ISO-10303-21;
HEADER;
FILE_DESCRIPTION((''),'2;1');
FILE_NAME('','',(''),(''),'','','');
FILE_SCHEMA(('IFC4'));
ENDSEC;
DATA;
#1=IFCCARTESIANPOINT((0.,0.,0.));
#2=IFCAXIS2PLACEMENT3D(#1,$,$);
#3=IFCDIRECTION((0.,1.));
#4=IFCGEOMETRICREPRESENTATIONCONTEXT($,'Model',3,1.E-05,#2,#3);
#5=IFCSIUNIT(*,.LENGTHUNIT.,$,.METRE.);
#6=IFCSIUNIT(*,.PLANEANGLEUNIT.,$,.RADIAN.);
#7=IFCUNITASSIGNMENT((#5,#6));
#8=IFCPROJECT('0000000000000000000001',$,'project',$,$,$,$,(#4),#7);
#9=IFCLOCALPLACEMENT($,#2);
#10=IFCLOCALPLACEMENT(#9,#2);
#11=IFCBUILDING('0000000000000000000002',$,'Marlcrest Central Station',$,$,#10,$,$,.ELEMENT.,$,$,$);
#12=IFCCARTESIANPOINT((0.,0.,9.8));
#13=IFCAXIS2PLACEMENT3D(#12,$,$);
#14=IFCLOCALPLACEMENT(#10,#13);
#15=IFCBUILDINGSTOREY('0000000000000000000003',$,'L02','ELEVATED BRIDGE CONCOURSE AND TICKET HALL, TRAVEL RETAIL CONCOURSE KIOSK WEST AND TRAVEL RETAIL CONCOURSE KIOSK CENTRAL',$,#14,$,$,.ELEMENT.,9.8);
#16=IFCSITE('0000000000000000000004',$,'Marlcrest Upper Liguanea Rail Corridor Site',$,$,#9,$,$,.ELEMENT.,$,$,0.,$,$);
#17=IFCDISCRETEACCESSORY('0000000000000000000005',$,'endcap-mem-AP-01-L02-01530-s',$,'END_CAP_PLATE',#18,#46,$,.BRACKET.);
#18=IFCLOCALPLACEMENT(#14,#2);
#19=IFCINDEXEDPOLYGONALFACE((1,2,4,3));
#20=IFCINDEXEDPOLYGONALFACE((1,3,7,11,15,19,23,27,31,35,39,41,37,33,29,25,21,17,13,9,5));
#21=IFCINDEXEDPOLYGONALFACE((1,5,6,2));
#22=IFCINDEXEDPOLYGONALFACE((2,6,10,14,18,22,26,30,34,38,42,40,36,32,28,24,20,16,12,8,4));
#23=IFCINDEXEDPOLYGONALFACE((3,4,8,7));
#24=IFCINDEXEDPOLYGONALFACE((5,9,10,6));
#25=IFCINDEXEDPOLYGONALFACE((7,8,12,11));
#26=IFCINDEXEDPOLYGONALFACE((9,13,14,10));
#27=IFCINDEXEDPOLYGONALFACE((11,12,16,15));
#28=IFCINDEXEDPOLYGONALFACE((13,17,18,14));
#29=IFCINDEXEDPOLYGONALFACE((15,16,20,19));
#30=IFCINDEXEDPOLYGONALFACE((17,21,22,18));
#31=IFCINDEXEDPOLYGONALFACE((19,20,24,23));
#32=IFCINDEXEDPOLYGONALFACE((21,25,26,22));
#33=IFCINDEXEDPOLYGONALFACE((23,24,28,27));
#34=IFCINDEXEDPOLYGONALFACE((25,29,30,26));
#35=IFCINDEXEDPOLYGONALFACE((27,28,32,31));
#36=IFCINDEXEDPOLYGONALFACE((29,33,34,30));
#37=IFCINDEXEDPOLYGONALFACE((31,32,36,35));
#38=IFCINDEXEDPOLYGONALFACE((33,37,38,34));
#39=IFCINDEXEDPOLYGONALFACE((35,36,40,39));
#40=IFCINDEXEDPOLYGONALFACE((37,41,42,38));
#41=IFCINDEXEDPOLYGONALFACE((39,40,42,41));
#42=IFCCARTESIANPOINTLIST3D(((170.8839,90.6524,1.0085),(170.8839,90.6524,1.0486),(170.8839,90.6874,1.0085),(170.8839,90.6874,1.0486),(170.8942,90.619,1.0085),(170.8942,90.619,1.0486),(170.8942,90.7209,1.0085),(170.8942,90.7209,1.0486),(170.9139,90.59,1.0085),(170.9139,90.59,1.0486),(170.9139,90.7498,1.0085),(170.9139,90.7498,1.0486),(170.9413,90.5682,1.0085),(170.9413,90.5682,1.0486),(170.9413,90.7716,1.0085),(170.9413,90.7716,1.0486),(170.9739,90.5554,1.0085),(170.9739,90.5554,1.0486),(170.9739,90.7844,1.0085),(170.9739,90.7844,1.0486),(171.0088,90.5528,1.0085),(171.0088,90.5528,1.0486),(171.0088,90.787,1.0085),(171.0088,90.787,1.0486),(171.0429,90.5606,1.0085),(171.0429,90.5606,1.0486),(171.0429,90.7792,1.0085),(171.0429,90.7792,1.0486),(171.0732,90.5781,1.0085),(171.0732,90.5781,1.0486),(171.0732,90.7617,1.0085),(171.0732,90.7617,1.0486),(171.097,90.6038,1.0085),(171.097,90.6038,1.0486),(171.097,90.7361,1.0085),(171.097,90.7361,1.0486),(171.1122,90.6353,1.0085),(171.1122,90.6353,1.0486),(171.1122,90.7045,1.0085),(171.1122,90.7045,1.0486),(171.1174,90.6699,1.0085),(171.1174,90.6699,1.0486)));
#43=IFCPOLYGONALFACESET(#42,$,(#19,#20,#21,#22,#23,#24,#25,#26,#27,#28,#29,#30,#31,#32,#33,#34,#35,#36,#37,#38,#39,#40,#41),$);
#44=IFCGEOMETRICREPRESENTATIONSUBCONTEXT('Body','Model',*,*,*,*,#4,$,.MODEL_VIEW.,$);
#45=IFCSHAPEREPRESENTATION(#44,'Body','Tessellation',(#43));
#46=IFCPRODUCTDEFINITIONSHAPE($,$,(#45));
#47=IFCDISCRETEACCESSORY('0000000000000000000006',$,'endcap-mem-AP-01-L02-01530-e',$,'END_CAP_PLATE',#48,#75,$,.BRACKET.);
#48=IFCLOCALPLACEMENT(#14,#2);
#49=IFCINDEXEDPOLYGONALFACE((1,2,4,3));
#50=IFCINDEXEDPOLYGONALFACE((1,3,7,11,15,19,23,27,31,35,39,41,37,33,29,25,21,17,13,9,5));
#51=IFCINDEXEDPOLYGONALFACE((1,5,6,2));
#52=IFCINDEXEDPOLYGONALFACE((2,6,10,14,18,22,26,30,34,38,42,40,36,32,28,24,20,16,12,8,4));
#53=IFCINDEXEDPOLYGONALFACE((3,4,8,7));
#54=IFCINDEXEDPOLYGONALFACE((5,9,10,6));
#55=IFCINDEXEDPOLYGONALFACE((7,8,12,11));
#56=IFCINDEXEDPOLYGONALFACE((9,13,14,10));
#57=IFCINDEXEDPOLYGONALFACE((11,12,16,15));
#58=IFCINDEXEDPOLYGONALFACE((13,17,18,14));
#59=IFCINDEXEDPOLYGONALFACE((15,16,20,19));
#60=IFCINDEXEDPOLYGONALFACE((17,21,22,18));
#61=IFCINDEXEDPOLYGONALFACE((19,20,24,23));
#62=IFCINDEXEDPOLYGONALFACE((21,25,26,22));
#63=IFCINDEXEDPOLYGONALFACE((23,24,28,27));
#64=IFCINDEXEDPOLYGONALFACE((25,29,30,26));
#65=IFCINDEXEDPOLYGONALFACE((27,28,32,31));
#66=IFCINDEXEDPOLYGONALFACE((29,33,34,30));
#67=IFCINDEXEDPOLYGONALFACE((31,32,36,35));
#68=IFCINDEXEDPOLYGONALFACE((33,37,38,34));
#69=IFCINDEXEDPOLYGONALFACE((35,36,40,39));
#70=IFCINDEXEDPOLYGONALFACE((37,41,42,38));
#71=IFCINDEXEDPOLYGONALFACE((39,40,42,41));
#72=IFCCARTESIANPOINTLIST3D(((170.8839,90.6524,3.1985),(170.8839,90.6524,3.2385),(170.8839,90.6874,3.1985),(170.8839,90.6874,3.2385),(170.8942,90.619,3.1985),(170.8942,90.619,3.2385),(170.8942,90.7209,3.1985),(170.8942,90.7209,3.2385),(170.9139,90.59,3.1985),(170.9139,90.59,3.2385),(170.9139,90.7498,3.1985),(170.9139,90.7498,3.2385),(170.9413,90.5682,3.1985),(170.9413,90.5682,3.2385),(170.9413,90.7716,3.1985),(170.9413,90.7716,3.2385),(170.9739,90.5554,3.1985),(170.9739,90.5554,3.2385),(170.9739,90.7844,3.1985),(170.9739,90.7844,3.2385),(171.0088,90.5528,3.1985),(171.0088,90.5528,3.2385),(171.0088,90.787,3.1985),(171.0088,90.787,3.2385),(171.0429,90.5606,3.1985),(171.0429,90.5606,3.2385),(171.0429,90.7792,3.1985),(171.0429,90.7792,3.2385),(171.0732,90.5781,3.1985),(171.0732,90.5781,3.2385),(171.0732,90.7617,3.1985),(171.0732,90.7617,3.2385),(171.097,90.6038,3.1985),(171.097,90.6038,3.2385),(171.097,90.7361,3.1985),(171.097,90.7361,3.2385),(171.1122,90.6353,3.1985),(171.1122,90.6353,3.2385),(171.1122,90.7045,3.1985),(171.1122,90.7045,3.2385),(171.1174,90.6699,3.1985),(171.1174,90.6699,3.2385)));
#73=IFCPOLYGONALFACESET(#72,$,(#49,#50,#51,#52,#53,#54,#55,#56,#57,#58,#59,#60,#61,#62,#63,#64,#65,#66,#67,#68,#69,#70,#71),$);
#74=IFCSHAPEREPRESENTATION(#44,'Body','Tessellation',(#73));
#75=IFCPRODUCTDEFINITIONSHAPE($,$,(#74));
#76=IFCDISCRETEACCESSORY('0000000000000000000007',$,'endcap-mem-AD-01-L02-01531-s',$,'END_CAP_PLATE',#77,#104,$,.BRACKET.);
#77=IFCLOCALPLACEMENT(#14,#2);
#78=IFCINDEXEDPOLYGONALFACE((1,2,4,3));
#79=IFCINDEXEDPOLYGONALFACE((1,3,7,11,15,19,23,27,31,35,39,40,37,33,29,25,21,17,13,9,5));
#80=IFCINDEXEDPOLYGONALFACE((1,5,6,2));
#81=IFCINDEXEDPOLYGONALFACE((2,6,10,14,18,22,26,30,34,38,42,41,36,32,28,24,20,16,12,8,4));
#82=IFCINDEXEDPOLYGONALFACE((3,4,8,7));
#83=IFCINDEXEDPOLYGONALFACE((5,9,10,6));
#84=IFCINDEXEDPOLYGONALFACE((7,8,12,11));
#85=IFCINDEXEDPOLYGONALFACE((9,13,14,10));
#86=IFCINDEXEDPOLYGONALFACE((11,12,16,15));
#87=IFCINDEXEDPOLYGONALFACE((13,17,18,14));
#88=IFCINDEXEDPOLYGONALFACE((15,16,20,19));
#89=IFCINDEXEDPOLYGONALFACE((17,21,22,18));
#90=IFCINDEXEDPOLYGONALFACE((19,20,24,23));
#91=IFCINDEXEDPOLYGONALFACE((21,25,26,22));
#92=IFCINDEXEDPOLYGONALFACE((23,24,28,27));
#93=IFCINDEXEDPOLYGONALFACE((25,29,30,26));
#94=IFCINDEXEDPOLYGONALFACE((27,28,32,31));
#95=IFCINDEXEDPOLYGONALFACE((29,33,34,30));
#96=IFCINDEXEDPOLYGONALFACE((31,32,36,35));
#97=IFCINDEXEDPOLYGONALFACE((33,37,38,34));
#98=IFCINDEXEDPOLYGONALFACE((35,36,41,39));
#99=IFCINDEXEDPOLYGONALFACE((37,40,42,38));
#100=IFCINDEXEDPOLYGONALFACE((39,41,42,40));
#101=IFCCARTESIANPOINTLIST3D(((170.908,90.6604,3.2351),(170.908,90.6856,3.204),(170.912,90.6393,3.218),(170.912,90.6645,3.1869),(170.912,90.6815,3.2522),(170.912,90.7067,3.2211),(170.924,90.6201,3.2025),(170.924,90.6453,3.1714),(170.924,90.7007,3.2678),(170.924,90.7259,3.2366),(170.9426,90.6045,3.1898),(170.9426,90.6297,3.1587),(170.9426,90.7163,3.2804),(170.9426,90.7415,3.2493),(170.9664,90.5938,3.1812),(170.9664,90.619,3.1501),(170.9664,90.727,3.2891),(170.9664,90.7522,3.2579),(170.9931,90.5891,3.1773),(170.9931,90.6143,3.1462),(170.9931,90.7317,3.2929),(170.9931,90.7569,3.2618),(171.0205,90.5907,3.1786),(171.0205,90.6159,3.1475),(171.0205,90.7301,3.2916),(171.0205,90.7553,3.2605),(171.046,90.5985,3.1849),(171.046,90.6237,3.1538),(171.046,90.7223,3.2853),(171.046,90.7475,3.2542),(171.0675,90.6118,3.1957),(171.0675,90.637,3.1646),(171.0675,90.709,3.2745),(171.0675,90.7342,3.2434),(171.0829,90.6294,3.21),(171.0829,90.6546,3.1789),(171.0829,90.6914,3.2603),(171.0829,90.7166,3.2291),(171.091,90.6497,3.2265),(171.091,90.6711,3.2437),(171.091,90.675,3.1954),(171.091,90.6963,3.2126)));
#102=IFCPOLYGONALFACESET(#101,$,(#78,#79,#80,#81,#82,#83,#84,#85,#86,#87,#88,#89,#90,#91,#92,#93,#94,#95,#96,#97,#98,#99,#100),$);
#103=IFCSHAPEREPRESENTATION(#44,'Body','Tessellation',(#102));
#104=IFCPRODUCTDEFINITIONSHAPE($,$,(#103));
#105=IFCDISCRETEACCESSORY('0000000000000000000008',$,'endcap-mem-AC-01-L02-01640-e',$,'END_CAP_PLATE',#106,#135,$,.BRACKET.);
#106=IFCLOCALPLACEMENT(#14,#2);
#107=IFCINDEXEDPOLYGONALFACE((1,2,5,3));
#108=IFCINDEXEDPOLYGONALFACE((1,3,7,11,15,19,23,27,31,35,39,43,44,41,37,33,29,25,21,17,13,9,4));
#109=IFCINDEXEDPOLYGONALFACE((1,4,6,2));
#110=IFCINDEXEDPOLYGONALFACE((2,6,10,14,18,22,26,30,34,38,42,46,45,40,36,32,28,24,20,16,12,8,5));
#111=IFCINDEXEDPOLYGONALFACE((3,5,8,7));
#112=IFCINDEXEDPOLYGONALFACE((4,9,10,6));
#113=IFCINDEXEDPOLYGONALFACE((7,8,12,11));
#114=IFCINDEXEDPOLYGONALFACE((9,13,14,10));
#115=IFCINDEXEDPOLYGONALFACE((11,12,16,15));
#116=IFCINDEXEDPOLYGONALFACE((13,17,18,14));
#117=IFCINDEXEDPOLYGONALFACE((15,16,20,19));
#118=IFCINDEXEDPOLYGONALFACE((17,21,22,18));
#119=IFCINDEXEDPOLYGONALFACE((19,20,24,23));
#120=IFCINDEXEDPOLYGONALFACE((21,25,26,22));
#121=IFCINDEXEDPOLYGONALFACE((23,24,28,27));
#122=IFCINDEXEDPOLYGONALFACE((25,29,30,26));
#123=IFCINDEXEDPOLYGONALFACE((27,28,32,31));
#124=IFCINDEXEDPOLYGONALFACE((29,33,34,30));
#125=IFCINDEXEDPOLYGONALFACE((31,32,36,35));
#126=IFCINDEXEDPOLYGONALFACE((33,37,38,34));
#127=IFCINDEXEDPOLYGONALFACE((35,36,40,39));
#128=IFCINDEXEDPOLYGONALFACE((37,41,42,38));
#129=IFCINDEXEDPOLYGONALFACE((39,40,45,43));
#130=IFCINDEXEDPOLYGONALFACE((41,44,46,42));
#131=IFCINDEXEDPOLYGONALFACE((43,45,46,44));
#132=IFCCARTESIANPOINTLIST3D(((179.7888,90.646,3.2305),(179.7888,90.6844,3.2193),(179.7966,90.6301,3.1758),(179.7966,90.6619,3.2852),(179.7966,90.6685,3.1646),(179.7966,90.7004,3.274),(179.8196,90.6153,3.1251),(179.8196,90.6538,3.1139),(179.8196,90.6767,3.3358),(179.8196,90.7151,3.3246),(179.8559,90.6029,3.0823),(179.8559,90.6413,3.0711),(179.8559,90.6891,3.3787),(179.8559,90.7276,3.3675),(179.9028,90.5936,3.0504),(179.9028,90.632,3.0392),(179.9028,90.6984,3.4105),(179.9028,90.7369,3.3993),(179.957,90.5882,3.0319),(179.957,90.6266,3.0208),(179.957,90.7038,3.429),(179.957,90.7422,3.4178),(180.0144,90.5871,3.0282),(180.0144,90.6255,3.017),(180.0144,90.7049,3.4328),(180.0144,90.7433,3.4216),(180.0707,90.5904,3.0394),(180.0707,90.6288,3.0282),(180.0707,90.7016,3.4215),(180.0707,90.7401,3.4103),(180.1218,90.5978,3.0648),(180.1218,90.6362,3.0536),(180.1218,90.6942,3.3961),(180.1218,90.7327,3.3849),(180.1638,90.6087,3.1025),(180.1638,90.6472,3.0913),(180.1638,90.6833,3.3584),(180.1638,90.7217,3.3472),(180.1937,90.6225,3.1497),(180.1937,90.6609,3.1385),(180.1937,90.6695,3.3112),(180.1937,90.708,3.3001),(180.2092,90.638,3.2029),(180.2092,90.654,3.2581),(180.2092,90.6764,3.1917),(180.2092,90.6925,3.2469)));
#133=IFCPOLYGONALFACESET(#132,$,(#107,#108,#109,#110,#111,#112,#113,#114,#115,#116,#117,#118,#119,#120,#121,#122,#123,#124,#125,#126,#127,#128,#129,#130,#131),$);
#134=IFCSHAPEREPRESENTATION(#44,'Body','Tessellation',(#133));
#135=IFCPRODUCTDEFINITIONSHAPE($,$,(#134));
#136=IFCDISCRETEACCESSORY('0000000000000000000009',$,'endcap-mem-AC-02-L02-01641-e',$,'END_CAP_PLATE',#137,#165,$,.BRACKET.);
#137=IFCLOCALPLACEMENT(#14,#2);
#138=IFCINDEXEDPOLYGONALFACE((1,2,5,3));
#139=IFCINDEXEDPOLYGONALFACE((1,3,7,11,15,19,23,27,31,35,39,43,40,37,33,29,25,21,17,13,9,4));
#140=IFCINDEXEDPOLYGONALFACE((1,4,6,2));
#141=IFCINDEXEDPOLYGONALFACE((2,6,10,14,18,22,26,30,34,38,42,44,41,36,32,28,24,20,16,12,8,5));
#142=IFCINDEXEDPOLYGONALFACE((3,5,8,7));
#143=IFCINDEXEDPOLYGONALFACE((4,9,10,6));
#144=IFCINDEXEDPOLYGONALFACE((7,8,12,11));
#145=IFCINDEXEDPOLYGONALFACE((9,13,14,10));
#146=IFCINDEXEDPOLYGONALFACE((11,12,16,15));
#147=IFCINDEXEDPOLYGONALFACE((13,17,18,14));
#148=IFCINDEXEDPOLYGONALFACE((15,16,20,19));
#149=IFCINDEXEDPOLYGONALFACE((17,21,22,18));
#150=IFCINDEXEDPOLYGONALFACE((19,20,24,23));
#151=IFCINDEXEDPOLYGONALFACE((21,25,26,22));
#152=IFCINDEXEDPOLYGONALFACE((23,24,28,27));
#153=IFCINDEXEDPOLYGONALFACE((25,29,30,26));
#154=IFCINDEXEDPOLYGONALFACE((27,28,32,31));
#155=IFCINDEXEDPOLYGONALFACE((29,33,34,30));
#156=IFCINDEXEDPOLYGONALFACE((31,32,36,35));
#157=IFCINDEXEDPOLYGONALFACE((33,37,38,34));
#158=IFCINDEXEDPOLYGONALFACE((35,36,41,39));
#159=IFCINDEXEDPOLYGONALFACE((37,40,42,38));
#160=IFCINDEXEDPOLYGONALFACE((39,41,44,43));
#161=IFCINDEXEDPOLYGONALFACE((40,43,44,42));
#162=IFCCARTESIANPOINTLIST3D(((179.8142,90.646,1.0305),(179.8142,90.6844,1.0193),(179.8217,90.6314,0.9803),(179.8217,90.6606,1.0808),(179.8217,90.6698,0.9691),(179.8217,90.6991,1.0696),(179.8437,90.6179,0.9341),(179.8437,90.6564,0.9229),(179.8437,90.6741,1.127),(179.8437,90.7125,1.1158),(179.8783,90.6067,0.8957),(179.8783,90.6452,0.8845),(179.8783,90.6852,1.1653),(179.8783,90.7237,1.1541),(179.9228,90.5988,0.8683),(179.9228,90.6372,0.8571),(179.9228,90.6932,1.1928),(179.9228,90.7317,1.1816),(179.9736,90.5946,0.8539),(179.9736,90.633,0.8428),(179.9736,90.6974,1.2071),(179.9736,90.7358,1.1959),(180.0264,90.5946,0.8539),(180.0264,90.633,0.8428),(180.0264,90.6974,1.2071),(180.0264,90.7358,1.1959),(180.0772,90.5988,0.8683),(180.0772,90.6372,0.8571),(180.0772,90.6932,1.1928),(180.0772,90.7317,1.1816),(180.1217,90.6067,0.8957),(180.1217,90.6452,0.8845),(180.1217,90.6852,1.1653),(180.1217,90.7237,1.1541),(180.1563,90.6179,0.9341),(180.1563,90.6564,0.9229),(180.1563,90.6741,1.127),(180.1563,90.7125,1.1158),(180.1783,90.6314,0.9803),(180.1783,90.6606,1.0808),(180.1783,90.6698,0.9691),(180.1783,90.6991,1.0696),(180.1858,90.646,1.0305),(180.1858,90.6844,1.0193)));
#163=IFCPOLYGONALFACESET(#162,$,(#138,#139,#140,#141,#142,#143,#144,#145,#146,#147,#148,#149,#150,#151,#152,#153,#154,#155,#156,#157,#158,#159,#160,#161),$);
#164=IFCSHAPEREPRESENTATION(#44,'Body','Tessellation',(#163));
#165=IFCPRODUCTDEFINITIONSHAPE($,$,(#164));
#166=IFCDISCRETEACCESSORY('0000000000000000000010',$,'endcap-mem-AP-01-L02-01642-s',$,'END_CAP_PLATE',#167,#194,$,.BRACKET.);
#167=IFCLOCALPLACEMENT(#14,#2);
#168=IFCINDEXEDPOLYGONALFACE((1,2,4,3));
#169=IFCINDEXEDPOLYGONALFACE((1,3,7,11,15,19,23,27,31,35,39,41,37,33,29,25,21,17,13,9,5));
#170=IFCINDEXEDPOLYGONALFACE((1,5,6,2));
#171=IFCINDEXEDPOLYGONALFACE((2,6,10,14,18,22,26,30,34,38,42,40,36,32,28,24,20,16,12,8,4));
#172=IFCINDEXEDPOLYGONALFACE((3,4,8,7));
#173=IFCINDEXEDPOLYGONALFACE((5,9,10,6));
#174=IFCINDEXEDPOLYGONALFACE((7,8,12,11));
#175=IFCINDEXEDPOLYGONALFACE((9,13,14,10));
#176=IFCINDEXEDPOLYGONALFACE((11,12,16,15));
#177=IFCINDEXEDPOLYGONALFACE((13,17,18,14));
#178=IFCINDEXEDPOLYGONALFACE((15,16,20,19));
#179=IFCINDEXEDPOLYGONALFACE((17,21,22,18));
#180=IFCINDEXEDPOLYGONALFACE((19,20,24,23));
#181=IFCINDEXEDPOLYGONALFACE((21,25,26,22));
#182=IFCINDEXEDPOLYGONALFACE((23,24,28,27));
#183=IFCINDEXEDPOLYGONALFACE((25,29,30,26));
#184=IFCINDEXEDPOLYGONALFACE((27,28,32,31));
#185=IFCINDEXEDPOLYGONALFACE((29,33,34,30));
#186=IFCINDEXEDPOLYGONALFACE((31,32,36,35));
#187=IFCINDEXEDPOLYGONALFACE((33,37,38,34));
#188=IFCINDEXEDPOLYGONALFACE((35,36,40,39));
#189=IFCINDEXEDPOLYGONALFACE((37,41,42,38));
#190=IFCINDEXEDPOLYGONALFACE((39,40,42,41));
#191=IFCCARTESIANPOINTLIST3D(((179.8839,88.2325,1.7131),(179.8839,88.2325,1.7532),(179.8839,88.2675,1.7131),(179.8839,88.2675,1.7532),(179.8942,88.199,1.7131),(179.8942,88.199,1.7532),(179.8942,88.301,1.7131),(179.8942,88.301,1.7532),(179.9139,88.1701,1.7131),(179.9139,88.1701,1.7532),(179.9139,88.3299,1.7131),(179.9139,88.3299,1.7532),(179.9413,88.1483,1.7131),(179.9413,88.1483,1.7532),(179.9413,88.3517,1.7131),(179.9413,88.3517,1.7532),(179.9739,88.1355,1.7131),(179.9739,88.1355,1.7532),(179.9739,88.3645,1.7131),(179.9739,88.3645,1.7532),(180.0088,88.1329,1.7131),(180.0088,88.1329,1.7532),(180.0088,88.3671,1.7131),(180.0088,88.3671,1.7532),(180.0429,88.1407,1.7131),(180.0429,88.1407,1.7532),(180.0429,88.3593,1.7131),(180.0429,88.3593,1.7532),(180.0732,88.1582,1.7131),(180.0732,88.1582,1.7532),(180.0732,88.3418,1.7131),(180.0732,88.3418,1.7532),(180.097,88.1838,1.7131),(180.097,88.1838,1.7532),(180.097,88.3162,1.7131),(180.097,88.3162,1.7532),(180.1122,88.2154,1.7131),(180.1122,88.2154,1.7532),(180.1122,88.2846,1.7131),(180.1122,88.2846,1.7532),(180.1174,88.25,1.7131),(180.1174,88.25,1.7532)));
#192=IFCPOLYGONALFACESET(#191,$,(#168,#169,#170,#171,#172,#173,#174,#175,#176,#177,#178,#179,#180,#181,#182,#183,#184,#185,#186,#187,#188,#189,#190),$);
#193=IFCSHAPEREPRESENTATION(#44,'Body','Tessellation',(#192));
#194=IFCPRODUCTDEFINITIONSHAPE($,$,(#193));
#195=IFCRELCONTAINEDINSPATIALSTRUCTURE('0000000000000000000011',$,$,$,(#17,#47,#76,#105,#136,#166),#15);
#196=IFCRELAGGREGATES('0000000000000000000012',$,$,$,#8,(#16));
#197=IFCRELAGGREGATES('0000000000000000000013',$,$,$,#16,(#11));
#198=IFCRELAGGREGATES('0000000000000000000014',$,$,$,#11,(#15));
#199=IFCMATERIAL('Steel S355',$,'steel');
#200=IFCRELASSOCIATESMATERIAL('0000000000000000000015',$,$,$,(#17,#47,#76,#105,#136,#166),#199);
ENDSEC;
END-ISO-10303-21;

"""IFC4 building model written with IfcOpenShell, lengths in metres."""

from ifc_helpers import new_model, si_unit, direction, frame, origin, origin_2d, place, context, subcontext, project, spatial, circle, extrude, material, element, save


model = new_model("IFC4")

# Units and contexts
model_context = context("Model", 3, precision=1e-05, world=origin(), true_north=direction((0.0, 1.0)))
body_context = subcontext(model_context, "Body", "Model", "MODEL_VIEW")
ifc_project = project(units=[si_unit("LENGTHUNIT", "METRE"), si_unit("PLANEANGLEUNIT", "RADIAN")], contexts=[model_context])

# Site, building, storey
site_placement = place(None, origin())
site = spatial("IfcSite", under=ifc_project, at=site_placement, Name="Marlcrest Upper Liguanea Rail Corridor Site", CompositionType="ELEMENT", RefElevation=0.0)
building_placement = place(site_placement, origin())
building = spatial("IfcBuilding", under=site, at=building_placement, Name="Marlcrest Central Station", CompositionType="ELEMENT")
storey_placement = place(building_placement, frame((0.0, 0.0, 9.8)))
storey = spatial("IfcBuildingStorey", under=building, at=storey_placement, Name="L02", Description="ELEVATED BRIDGE CONCOURSE AND TICKET HALL, TRAVEL RETAIL CONCOURSE KIOSK WEST AND TRAVEL RETAIL CONCOURSE KIOSK CENTRAL", CompositionType="ELEMENT", Elevation=9.8)

# Shared definitions
ifc_material_1 = material(Name="Steel S355", Category="steel")

# Discrete accessories
for number, where, z_axis, x_axis, name in (
    (1, (171.0, 90.6699, 1.0085), (0.0, 0.0, 1.0), (1.0, 0.0, 0.0), "endcap-mem-AP-01-L02-01530-s"),
    (2, (171.0, 90.6699, 3.1985), (0.0, 0.0, 1.0), (1.0, 0.0, 0.0), "endcap-mem-AP-01-L02-01530-e"),
):
    element("IfcDiscreteAccessory", number, at=place(storey_placement, frame(where, z_axis=z_axis, x_axis=x_axis)), inside=storey, material=ifc_material_1, Name=name, ObjectType="END_CAP_PLATE", PredefinedType="BRACKET", context=body_context, shape_type="SweptSolid", body=[
        extrude(circle(Radius=0.1174, at=origin_2d()), origin(), (0.0, 0.0, 1.0), 0.04),
    ])
discrete_accessory_1_placement = place(storey_placement, frame((171.0, 90.6604, 3.2351), z_axis=(0.0, 0.629629, -0.776896), x_axis=(-1.0, 0.0, 0.0)))
element("IfcDiscreteAccessory", 3, at=discrete_accessory_1_placement, inside=storey, material=ifc_material_1, Name="endcap-mem-AD-01-L02-01531-s", ObjectType="END_CAP_PLATE", PredefinedType="BRACKET", context=body_context, shape_type="SweptSolid", body=[
    extrude(circle(Radius=0.092, at=origin_2d()), origin(), (0.0, 0.0, 1.0), 0.04),
])
discrete_accessory_2_placement = place(storey_placement, frame((180.0, 90.646, 3.2305), z_axis=(0.0, 0.96013, -0.279554), x_axis=(-1.0, 0.0, 0.0)))
element("IfcDiscreteAccessory", 4, at=discrete_accessory_2_placement, inside=storey, material=ifc_material_1, Name="endcap-mem-AC-01-L02-01640-e", ObjectType="END_CAP_PLATE", PredefinedType="BRACKET", context=body_context, shape_type="SweptSolid", body=[
    extrude(circle(Radius=0.2112, at=origin_2d()), origin(), (0.0, 0.0, 1.0), 0.04),
])
discrete_accessory_3_placement = place(storey_placement, frame((180.0, 90.646, 1.0305), z_axis=(0.0, 0.96013, -0.279554), x_axis=(-1.0, 0.0, 0.0)))
element("IfcDiscreteAccessory", 5, at=discrete_accessory_3_placement, inside=storey, material=ifc_material_1, Name="endcap-mem-AC-02-L02-01641-e", ObjectType="END_CAP_PLATE", PredefinedType="BRACKET", context=body_context, shape_type="SweptSolid", body=[
    extrude(circle(Radius=0.1858, at=origin_2d()), origin(), (0.0, 0.0, 1.0), 0.04),
])
for number, where, z_axis, x_axis, name in (
    (6, (180.0, 88.25, 1.7131), (0.0, 0.0, 1.0), (1.0, 0.0, 0.0), "endcap-mem-AP-01-L02-01642-s"),
):
    element("IfcDiscreteAccessory", number, at=place(storey_placement, frame(where, z_axis=z_axis, x_axis=x_axis)), inside=storey, material=ifc_material_1, Name=name, ObjectType="END_CAP_PLATE", PredefinedType="BRACKET", context=body_context, shape_type="SweptSolid", body=[
        extrude(circle(Radius=0.1174, at=origin_2d()), origin(), (0.0, 0.0, 1.0), 0.04),
    ])

save(model, "model.ifc")
